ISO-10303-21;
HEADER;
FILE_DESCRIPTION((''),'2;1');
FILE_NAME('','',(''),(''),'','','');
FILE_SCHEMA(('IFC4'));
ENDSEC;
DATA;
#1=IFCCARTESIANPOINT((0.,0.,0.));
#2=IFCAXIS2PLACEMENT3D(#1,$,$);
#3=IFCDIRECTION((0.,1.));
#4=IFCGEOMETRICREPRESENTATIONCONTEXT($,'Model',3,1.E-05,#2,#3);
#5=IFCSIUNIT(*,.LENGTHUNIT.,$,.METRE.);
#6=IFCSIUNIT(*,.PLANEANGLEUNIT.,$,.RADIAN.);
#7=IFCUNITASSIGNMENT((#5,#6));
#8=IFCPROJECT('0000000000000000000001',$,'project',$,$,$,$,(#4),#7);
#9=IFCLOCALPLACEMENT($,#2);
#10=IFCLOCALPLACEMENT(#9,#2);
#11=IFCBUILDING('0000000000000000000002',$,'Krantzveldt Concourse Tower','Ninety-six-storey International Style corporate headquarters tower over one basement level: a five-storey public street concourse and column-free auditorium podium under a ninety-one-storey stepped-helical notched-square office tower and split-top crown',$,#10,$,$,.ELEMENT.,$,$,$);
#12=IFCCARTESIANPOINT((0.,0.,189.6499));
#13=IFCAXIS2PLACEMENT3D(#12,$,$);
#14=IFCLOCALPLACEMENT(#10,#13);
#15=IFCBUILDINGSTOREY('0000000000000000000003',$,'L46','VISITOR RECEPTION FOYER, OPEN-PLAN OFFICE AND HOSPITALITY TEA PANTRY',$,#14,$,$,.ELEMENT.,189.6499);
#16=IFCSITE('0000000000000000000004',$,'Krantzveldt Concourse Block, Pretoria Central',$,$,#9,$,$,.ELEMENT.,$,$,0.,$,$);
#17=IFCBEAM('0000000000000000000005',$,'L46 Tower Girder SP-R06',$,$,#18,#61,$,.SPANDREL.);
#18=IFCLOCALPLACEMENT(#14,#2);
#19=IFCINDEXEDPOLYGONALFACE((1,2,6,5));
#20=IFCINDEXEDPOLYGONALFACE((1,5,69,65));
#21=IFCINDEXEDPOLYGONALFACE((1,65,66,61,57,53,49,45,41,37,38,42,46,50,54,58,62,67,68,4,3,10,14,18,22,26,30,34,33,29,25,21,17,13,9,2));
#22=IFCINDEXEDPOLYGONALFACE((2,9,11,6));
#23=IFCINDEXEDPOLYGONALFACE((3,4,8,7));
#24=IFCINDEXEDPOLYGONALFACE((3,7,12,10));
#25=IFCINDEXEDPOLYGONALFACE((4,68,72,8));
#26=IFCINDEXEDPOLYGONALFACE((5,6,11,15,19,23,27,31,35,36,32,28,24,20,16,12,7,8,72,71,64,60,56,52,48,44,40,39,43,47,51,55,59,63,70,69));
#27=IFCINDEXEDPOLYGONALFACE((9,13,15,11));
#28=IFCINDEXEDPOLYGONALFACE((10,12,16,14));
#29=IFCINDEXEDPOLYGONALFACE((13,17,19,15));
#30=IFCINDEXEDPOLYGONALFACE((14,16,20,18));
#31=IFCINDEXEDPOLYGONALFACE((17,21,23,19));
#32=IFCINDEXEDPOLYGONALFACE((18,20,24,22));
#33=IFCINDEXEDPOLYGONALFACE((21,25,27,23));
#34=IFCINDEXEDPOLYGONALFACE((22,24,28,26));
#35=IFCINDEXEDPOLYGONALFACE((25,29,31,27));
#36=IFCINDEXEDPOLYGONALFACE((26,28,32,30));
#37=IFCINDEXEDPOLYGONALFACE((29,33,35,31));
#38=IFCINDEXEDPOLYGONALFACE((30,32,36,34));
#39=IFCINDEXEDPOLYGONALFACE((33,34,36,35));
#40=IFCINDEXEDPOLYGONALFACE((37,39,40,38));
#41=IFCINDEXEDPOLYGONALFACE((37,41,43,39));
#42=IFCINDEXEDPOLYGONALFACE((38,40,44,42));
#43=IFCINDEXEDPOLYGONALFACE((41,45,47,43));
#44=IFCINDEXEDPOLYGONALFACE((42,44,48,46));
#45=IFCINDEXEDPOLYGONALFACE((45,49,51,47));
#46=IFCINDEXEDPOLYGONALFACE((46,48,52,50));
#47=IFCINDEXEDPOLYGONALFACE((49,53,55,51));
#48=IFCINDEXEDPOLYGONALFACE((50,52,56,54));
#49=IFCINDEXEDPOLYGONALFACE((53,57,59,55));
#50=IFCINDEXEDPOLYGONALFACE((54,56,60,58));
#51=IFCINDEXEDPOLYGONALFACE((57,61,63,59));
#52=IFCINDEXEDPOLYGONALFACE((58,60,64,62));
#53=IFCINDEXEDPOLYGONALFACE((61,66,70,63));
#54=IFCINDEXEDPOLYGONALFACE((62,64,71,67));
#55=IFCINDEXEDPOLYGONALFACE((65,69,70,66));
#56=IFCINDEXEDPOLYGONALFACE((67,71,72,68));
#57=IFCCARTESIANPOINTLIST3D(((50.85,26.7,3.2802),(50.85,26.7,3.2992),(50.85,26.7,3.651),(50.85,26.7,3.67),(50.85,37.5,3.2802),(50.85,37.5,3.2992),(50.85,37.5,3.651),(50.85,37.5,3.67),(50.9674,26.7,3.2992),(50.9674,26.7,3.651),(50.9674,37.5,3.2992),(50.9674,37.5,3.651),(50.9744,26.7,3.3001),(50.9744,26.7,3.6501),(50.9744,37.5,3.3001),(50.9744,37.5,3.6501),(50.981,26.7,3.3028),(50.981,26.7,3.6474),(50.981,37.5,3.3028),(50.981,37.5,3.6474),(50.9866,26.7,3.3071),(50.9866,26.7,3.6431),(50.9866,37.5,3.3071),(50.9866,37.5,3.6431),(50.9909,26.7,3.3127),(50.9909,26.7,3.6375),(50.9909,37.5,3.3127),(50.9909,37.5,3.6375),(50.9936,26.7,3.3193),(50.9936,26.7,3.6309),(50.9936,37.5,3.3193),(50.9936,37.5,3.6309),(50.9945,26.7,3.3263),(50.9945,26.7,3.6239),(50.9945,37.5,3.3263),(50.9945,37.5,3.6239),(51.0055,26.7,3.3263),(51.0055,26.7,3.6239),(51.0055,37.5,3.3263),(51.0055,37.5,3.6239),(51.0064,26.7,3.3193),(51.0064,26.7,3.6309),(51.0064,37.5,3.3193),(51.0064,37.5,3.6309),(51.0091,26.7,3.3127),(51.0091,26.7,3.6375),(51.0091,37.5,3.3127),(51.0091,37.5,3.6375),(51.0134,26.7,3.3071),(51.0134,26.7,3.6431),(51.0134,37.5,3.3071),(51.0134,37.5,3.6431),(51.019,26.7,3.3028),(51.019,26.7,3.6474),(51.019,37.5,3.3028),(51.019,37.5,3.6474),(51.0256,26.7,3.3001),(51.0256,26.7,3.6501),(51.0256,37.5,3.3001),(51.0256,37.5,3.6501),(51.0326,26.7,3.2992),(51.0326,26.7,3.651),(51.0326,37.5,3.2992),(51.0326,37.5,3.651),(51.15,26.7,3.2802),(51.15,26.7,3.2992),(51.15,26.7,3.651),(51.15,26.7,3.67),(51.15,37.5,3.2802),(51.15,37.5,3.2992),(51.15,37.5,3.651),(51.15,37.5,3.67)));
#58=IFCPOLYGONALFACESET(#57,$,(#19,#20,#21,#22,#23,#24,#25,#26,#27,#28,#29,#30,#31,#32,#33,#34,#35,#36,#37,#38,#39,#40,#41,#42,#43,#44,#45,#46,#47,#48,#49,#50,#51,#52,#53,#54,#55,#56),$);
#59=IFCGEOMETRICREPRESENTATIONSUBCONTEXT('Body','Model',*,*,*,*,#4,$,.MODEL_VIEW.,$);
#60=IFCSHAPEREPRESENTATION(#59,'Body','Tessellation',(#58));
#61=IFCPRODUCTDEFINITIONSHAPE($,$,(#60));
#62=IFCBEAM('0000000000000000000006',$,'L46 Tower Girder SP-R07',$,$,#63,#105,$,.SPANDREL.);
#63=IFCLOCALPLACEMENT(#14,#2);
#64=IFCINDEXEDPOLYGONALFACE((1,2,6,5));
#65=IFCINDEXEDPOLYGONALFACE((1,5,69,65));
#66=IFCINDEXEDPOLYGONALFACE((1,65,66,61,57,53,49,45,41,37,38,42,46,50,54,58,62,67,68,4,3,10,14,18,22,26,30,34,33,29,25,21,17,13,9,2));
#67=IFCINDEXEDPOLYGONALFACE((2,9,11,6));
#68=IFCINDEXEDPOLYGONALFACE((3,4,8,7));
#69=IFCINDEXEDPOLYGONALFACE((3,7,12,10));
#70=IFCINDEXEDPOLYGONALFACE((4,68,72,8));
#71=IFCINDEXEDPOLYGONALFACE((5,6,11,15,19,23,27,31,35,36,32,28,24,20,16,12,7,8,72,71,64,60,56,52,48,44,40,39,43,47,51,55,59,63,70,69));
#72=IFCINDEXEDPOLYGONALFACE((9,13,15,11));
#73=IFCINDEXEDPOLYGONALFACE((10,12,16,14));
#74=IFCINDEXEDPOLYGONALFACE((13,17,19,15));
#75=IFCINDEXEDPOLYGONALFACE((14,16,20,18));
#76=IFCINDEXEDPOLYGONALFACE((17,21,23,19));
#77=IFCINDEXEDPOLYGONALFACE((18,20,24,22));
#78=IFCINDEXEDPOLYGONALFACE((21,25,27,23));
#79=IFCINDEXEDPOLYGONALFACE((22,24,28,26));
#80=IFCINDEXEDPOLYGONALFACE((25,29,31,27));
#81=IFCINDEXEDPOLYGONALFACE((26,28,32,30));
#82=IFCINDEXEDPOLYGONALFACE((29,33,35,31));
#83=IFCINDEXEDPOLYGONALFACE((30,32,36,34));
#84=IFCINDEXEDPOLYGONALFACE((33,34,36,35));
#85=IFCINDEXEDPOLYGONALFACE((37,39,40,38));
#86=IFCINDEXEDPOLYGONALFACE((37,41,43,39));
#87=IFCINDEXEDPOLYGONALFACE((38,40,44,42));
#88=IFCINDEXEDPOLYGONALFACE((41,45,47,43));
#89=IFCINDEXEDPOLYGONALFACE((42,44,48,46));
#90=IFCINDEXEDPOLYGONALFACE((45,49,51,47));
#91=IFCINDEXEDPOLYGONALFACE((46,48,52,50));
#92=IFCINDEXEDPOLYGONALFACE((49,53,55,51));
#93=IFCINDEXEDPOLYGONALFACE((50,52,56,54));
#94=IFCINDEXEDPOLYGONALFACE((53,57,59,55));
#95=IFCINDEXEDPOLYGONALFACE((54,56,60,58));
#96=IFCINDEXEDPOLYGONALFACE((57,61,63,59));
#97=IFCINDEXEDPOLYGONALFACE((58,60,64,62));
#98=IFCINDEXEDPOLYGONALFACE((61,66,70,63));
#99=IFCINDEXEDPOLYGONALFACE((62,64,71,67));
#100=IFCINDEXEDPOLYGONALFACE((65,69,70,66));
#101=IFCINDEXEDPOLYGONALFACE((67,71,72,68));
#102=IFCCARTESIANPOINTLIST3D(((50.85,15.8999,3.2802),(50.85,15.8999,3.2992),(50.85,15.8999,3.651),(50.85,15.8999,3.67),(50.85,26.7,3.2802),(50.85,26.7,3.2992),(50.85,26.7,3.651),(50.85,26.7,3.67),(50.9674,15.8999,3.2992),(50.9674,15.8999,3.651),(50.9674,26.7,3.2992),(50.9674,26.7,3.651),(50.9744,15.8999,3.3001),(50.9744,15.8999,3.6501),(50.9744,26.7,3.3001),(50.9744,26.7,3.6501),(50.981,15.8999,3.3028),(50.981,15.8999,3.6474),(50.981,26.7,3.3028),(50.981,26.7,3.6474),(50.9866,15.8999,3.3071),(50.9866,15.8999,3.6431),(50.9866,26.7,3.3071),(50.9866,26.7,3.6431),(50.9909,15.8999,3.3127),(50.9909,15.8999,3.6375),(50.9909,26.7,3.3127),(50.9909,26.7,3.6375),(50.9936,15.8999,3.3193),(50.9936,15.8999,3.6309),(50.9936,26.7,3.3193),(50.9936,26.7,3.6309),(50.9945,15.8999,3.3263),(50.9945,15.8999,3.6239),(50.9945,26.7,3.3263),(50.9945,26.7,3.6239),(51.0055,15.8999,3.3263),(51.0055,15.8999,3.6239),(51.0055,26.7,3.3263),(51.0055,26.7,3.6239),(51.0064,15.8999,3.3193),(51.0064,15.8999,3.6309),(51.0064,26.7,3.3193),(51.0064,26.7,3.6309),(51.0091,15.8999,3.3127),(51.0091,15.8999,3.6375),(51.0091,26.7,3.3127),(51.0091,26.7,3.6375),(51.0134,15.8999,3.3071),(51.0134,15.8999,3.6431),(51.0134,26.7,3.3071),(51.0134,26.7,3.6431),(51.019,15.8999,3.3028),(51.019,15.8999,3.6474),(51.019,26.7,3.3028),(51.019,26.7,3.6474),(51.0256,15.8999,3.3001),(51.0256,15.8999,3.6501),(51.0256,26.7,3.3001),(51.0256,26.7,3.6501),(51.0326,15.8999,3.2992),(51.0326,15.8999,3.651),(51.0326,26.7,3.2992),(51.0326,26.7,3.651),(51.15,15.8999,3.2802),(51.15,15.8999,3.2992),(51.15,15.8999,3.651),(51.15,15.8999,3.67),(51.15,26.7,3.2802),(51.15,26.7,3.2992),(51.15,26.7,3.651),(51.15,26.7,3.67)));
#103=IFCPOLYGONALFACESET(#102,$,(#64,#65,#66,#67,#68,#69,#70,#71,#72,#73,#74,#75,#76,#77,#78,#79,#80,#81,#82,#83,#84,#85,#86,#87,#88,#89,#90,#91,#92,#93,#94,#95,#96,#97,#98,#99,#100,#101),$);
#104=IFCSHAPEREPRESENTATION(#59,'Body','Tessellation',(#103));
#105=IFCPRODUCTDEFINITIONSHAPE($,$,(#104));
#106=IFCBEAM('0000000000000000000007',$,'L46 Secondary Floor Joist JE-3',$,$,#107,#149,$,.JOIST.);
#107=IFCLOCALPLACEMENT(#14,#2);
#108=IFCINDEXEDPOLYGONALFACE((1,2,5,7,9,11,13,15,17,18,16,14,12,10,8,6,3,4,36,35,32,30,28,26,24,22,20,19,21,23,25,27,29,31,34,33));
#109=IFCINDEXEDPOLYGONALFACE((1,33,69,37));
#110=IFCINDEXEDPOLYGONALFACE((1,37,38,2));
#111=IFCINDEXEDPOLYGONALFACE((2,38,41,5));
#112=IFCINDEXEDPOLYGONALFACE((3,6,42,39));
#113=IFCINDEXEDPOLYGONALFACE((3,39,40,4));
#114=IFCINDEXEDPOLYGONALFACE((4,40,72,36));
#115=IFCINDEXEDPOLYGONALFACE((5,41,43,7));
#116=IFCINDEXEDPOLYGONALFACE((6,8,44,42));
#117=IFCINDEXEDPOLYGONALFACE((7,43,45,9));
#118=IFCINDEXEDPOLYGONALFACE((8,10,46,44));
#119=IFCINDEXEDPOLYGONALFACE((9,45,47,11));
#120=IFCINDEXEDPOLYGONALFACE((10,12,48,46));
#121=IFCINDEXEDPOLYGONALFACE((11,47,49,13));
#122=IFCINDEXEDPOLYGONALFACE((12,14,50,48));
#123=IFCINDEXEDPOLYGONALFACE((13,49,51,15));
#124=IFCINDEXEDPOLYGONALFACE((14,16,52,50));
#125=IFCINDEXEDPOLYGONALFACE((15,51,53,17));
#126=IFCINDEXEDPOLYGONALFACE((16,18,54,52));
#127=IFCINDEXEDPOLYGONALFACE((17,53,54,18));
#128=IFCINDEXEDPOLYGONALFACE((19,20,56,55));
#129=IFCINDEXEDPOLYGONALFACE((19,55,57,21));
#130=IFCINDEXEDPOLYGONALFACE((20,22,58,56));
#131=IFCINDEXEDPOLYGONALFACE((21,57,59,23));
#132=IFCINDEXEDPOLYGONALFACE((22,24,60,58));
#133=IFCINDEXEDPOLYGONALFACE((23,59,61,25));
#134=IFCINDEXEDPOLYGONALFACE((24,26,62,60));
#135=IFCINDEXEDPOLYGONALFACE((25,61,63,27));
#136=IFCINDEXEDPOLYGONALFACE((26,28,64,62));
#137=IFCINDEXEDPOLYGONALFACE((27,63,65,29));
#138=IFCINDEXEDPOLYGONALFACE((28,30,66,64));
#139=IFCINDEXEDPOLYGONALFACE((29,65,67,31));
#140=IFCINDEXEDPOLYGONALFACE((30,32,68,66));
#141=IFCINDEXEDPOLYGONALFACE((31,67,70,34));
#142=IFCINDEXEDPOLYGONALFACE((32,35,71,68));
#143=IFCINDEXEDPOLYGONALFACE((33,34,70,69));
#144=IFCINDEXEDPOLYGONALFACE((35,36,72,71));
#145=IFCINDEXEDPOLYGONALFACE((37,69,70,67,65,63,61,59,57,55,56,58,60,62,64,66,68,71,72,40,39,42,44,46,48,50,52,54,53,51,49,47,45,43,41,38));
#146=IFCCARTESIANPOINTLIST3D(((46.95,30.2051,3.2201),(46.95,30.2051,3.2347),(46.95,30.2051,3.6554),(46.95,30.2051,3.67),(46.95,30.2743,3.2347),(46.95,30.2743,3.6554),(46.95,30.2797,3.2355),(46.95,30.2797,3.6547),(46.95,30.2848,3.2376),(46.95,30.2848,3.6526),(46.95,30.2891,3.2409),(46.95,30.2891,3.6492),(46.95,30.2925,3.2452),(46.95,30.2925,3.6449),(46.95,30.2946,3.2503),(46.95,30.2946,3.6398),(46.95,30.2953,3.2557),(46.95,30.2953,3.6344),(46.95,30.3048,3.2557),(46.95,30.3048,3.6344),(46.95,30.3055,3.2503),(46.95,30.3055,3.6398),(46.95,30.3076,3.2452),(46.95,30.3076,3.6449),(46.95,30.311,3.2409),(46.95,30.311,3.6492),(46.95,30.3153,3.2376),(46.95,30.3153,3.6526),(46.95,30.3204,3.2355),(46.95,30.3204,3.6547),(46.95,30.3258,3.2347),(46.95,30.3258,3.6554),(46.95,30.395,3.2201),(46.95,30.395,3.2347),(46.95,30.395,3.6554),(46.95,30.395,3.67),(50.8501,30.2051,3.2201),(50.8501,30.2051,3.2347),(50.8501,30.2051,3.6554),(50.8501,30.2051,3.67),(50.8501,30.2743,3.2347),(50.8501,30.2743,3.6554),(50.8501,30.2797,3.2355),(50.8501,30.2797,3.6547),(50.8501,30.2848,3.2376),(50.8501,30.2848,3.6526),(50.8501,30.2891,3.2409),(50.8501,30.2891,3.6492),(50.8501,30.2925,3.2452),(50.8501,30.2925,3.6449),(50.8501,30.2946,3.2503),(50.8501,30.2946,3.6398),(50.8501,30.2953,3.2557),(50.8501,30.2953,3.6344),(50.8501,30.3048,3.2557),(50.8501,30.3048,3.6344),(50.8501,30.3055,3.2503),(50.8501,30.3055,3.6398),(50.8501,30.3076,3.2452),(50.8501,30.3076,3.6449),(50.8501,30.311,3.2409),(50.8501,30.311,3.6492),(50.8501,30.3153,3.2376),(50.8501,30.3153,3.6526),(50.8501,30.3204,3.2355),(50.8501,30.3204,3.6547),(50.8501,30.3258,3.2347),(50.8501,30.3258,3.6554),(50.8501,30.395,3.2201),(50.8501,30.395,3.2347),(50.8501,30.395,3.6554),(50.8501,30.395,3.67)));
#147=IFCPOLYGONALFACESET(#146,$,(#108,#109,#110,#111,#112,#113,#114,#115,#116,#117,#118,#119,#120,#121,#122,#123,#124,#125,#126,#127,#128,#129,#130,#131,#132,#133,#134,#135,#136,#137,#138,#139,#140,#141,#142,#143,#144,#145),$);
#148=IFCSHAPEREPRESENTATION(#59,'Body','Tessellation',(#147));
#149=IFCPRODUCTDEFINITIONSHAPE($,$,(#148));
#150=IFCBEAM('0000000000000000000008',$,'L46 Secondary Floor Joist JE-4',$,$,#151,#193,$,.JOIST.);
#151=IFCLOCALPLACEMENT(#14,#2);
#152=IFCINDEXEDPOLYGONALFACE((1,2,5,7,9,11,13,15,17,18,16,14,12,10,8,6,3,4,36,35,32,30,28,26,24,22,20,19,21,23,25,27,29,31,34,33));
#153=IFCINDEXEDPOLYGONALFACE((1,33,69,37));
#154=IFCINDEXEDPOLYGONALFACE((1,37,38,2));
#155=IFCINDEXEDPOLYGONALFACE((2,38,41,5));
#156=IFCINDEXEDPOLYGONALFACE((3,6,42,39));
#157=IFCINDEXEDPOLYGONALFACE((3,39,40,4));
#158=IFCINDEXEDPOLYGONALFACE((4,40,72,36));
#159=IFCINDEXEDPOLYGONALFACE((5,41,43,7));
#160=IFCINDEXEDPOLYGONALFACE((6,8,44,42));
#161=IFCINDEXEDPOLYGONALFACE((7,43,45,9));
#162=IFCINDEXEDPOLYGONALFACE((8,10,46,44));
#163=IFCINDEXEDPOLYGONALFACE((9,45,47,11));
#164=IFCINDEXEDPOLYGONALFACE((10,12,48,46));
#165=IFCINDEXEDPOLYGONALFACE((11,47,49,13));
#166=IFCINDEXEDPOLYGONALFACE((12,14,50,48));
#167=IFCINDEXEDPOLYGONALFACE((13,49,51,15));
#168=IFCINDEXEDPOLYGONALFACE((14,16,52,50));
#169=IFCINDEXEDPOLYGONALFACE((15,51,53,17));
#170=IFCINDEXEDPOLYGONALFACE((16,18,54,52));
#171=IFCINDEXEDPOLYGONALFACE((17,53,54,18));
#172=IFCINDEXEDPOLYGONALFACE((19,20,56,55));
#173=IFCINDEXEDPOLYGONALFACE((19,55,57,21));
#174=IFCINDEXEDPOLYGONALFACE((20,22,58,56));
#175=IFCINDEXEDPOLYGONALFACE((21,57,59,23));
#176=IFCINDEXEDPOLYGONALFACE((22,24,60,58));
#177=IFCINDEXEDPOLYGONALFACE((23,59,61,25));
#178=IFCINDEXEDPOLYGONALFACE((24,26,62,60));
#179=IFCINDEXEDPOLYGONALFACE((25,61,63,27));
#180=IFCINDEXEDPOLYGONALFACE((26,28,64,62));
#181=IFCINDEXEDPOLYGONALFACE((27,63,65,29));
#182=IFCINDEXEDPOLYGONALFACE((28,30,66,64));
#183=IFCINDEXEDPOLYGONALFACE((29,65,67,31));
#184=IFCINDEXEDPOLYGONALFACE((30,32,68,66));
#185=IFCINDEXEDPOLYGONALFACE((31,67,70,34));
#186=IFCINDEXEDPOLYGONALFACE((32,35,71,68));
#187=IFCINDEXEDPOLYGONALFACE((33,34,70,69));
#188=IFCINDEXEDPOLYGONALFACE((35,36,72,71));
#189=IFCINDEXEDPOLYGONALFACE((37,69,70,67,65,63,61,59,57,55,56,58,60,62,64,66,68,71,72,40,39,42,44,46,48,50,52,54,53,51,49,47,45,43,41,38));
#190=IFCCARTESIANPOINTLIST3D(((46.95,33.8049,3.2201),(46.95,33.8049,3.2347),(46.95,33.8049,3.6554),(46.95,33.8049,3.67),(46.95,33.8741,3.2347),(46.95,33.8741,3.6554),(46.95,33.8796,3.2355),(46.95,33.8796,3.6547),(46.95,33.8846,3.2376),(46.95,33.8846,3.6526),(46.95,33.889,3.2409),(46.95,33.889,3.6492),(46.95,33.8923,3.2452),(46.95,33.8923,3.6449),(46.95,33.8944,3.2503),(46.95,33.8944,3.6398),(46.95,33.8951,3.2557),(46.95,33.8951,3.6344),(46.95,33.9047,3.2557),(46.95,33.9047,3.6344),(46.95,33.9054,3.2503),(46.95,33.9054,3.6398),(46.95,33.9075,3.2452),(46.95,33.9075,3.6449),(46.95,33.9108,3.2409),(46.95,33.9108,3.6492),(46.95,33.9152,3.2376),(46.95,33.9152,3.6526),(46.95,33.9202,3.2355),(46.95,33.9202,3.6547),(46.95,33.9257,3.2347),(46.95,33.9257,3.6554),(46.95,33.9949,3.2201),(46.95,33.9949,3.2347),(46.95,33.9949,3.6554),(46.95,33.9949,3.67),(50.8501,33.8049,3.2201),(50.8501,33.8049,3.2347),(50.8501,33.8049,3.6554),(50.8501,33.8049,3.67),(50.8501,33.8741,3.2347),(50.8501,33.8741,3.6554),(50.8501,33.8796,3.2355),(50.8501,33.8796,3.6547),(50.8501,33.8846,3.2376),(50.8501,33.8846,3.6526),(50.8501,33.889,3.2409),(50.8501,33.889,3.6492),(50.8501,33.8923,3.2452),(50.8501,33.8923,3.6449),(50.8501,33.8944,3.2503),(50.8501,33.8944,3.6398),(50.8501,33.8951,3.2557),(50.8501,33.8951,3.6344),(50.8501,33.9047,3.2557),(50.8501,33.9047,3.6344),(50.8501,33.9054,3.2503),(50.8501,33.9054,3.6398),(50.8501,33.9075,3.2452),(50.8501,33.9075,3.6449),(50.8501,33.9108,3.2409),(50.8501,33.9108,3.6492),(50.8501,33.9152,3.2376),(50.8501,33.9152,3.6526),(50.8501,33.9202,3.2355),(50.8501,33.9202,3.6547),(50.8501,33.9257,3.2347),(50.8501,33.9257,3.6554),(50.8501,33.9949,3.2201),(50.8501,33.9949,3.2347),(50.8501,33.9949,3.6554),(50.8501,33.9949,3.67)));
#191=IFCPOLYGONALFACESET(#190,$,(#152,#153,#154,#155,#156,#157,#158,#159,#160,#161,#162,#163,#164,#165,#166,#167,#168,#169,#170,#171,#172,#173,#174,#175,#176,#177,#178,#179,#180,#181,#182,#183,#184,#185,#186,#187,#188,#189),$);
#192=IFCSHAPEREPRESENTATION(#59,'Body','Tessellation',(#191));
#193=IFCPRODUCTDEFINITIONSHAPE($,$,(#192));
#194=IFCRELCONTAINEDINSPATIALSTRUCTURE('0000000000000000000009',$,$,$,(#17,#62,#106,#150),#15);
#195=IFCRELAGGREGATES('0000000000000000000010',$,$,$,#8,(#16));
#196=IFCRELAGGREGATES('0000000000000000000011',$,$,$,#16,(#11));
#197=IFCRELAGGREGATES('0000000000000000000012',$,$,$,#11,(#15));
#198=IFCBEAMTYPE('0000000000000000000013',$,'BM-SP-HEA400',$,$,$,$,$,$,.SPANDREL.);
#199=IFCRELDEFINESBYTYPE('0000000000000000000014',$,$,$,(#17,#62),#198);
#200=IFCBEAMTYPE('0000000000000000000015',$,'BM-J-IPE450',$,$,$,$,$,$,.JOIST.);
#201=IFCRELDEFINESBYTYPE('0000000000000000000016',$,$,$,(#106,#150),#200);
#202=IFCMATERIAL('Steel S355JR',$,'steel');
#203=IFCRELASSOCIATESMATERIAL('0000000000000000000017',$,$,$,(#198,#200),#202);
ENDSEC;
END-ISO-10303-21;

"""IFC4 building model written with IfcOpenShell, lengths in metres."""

from ifc_helpers import new_model, si_unit, direction, frame, origin, origin_2d, place, context, subcontext, project, spatial, i_section, extrude, source, transform, mapped, material, material_profile, profile_set, type_object, type_shapes, element, save


model = new_model("IFC4")

# Units and contexts
model_context = context("Model", 3, precision=1e-05, world=origin(), true_north=direction((0.0, 1.0)))
body_context = subcontext(model_context, "Body", "Model", "MODEL_VIEW")
ifc_project = project(units=[si_unit("LENGTHUNIT", "METRE"), si_unit("PLANEANGLEUNIT", "RADIAN")], contexts=[model_context])

# Site, building, storey
site_placement = place(None, origin())
site = spatial("IfcSite", under=ifc_project, at=site_placement, Name="Krantzveldt Concourse Block, Pretoria Central", CompositionType="ELEMENT", RefElevation=0.0)
building_placement = place(site_placement, origin())
building = spatial("IfcBuilding", under=site, at=building_placement, Name="Krantzveldt Concourse Tower", Description="Ninety-six-storey International Style corporate headquarters tower over one basement level: a five-storey public street concourse and column-free auditorium podium under a ninety-one-storey stepped-helical notched-square office tower and split-top crown", CompositionType="ELEMENT")
storey_placement = place(building_placement, frame((0.0, 0.0, 189.6499)))
storey = spatial("IfcBuildingStorey", under=building, at=storey_placement, Name="L46", Description="VISITOR RECEPTION FOYER, OPEN-PLAN OFFICE AND HOSPITALITY TEA PANTRY", CompositionType="ELEMENT", Elevation=189.6499)

# Beams
ifc_material_1 = material(Name="Steel S355JR", Category="steel")
ifc_material_profile_1 = material_profile(ifc_material_1, i_section(OverallWidth=0.3, OverallDepth=0.3899, WebThickness=0.011, FlangeThickness=0.019, FilletRadius=0.0271, at=origin_2d()), Name="Steel S355JR", Category="steel")
ifc_profile_set_1 = profile_set([ifc_material_profile_1], Name="Steel S355JR - HEA 400")
beam_type_1 = type_object("IfcBeamType", Name="BM-SP-HEA400", PredefinedType="SPANDREL", material=ifc_profile_set_1)
shared_shape_1 = source(origin(), body_context, "Body", "SweptSolid", [
    extrude(i_section(OverallWidth=0.3, OverallDepth=0.3899, WebThickness=0.011, FlangeThickness=0.019, FilletRadius=0.0271, at=origin_2d()), origin(), (0.0, 0.0, 1.0), 10.8),
])
type_shapes(beam_type_1, [shared_shape_1])
for number, where, z_axis, x_axis, name in (
    (1, (51.0, 37.5, 3.4751), (0.0, -1.0, 0.0), (1.0, 0.0, 0.0), "L46 Tower Girder SP-R06"),
    (2, (51.0, 26.7, 3.4751), (0.0, -1.0, 0.0), (1.0, 0.0, 0.0), "L46 Tower Girder SP-R07"),
):
    element("IfcBeam", number, at=place(storey_placement, frame(where, z_axis=z_axis, x_axis=x_axis)), inside=storey, type_object=beam_type_1, Name=name, PredefinedType="SPANDREL", context=body_context, shape_type="MappedRepresentation", body=[
        mapped(shared_shape_1, transform((0.0, 0.0, 0.0), x_axis=(1.0, 0.0, 0.0), y_axis=(0.0, 1.0, 0.0), z_axis=(0.0, 0.0, 1.0), scale=1.0)),
    ])
ifc_material_profile_2 = material_profile(ifc_material_1, i_section(OverallWidth=0.1899, OverallDepth=0.45, WebThickness=0.0095, FlangeThickness=0.0146, FilletRadius=0.021, at=origin_2d()), Name="Steel S355JR", Category="steel")
ifc_profile_set_2 = profile_set([ifc_material_profile_2], Name="Steel S355JR - IPE 450")
beam_type_2 = type_object("IfcBeamType", Name="BM-J-IPE450", PredefinedType="JOIST", material=ifc_profile_set_2)
shared_shape_2 = source(origin(), body_context, "Body", "SweptSolid", [
    extrude(i_section(OverallWidth=0.1899, OverallDepth=0.45, WebThickness=0.0095, FlangeThickness=0.0146, FilletRadius=0.021, at=origin_2d()), origin(), (0.0, 0.0, 1.0), 3.9001),
])
type_shapes(beam_type_2, [shared_shape_2])
for number, where, z_axis, x_axis, name in (
    (3, (46.95, 30.3, 3.4451), (1.0, 0.0, 0.0), (0.0, 1.0, 0.0), "L46 Secondary Floor Joist JE-3"),
    (4, (46.95, 33.8999, 3.4451), (1.0, 0.0, 0.0), (0.0, 1.0, 0.0), "L46 Secondary Floor Joist JE-4"),
):
    element("IfcBeam", number, at=place(storey_placement, frame(where, z_axis=z_axis, x_axis=x_axis)), inside=storey, type_object=beam_type_2, Name=name, PredefinedType="JOIST", context=body_context, shape_type="MappedRepresentation", body=[
        mapped(shared_shape_2, transform((0.0, 0.0, 0.0), x_axis=(1.0, 0.0, 0.0), y_axis=(0.0, 1.0, 0.0), z_axis=(0.0, 0.0, 1.0), scale=1.0)),
    ])

save(model, "model.ifc")
